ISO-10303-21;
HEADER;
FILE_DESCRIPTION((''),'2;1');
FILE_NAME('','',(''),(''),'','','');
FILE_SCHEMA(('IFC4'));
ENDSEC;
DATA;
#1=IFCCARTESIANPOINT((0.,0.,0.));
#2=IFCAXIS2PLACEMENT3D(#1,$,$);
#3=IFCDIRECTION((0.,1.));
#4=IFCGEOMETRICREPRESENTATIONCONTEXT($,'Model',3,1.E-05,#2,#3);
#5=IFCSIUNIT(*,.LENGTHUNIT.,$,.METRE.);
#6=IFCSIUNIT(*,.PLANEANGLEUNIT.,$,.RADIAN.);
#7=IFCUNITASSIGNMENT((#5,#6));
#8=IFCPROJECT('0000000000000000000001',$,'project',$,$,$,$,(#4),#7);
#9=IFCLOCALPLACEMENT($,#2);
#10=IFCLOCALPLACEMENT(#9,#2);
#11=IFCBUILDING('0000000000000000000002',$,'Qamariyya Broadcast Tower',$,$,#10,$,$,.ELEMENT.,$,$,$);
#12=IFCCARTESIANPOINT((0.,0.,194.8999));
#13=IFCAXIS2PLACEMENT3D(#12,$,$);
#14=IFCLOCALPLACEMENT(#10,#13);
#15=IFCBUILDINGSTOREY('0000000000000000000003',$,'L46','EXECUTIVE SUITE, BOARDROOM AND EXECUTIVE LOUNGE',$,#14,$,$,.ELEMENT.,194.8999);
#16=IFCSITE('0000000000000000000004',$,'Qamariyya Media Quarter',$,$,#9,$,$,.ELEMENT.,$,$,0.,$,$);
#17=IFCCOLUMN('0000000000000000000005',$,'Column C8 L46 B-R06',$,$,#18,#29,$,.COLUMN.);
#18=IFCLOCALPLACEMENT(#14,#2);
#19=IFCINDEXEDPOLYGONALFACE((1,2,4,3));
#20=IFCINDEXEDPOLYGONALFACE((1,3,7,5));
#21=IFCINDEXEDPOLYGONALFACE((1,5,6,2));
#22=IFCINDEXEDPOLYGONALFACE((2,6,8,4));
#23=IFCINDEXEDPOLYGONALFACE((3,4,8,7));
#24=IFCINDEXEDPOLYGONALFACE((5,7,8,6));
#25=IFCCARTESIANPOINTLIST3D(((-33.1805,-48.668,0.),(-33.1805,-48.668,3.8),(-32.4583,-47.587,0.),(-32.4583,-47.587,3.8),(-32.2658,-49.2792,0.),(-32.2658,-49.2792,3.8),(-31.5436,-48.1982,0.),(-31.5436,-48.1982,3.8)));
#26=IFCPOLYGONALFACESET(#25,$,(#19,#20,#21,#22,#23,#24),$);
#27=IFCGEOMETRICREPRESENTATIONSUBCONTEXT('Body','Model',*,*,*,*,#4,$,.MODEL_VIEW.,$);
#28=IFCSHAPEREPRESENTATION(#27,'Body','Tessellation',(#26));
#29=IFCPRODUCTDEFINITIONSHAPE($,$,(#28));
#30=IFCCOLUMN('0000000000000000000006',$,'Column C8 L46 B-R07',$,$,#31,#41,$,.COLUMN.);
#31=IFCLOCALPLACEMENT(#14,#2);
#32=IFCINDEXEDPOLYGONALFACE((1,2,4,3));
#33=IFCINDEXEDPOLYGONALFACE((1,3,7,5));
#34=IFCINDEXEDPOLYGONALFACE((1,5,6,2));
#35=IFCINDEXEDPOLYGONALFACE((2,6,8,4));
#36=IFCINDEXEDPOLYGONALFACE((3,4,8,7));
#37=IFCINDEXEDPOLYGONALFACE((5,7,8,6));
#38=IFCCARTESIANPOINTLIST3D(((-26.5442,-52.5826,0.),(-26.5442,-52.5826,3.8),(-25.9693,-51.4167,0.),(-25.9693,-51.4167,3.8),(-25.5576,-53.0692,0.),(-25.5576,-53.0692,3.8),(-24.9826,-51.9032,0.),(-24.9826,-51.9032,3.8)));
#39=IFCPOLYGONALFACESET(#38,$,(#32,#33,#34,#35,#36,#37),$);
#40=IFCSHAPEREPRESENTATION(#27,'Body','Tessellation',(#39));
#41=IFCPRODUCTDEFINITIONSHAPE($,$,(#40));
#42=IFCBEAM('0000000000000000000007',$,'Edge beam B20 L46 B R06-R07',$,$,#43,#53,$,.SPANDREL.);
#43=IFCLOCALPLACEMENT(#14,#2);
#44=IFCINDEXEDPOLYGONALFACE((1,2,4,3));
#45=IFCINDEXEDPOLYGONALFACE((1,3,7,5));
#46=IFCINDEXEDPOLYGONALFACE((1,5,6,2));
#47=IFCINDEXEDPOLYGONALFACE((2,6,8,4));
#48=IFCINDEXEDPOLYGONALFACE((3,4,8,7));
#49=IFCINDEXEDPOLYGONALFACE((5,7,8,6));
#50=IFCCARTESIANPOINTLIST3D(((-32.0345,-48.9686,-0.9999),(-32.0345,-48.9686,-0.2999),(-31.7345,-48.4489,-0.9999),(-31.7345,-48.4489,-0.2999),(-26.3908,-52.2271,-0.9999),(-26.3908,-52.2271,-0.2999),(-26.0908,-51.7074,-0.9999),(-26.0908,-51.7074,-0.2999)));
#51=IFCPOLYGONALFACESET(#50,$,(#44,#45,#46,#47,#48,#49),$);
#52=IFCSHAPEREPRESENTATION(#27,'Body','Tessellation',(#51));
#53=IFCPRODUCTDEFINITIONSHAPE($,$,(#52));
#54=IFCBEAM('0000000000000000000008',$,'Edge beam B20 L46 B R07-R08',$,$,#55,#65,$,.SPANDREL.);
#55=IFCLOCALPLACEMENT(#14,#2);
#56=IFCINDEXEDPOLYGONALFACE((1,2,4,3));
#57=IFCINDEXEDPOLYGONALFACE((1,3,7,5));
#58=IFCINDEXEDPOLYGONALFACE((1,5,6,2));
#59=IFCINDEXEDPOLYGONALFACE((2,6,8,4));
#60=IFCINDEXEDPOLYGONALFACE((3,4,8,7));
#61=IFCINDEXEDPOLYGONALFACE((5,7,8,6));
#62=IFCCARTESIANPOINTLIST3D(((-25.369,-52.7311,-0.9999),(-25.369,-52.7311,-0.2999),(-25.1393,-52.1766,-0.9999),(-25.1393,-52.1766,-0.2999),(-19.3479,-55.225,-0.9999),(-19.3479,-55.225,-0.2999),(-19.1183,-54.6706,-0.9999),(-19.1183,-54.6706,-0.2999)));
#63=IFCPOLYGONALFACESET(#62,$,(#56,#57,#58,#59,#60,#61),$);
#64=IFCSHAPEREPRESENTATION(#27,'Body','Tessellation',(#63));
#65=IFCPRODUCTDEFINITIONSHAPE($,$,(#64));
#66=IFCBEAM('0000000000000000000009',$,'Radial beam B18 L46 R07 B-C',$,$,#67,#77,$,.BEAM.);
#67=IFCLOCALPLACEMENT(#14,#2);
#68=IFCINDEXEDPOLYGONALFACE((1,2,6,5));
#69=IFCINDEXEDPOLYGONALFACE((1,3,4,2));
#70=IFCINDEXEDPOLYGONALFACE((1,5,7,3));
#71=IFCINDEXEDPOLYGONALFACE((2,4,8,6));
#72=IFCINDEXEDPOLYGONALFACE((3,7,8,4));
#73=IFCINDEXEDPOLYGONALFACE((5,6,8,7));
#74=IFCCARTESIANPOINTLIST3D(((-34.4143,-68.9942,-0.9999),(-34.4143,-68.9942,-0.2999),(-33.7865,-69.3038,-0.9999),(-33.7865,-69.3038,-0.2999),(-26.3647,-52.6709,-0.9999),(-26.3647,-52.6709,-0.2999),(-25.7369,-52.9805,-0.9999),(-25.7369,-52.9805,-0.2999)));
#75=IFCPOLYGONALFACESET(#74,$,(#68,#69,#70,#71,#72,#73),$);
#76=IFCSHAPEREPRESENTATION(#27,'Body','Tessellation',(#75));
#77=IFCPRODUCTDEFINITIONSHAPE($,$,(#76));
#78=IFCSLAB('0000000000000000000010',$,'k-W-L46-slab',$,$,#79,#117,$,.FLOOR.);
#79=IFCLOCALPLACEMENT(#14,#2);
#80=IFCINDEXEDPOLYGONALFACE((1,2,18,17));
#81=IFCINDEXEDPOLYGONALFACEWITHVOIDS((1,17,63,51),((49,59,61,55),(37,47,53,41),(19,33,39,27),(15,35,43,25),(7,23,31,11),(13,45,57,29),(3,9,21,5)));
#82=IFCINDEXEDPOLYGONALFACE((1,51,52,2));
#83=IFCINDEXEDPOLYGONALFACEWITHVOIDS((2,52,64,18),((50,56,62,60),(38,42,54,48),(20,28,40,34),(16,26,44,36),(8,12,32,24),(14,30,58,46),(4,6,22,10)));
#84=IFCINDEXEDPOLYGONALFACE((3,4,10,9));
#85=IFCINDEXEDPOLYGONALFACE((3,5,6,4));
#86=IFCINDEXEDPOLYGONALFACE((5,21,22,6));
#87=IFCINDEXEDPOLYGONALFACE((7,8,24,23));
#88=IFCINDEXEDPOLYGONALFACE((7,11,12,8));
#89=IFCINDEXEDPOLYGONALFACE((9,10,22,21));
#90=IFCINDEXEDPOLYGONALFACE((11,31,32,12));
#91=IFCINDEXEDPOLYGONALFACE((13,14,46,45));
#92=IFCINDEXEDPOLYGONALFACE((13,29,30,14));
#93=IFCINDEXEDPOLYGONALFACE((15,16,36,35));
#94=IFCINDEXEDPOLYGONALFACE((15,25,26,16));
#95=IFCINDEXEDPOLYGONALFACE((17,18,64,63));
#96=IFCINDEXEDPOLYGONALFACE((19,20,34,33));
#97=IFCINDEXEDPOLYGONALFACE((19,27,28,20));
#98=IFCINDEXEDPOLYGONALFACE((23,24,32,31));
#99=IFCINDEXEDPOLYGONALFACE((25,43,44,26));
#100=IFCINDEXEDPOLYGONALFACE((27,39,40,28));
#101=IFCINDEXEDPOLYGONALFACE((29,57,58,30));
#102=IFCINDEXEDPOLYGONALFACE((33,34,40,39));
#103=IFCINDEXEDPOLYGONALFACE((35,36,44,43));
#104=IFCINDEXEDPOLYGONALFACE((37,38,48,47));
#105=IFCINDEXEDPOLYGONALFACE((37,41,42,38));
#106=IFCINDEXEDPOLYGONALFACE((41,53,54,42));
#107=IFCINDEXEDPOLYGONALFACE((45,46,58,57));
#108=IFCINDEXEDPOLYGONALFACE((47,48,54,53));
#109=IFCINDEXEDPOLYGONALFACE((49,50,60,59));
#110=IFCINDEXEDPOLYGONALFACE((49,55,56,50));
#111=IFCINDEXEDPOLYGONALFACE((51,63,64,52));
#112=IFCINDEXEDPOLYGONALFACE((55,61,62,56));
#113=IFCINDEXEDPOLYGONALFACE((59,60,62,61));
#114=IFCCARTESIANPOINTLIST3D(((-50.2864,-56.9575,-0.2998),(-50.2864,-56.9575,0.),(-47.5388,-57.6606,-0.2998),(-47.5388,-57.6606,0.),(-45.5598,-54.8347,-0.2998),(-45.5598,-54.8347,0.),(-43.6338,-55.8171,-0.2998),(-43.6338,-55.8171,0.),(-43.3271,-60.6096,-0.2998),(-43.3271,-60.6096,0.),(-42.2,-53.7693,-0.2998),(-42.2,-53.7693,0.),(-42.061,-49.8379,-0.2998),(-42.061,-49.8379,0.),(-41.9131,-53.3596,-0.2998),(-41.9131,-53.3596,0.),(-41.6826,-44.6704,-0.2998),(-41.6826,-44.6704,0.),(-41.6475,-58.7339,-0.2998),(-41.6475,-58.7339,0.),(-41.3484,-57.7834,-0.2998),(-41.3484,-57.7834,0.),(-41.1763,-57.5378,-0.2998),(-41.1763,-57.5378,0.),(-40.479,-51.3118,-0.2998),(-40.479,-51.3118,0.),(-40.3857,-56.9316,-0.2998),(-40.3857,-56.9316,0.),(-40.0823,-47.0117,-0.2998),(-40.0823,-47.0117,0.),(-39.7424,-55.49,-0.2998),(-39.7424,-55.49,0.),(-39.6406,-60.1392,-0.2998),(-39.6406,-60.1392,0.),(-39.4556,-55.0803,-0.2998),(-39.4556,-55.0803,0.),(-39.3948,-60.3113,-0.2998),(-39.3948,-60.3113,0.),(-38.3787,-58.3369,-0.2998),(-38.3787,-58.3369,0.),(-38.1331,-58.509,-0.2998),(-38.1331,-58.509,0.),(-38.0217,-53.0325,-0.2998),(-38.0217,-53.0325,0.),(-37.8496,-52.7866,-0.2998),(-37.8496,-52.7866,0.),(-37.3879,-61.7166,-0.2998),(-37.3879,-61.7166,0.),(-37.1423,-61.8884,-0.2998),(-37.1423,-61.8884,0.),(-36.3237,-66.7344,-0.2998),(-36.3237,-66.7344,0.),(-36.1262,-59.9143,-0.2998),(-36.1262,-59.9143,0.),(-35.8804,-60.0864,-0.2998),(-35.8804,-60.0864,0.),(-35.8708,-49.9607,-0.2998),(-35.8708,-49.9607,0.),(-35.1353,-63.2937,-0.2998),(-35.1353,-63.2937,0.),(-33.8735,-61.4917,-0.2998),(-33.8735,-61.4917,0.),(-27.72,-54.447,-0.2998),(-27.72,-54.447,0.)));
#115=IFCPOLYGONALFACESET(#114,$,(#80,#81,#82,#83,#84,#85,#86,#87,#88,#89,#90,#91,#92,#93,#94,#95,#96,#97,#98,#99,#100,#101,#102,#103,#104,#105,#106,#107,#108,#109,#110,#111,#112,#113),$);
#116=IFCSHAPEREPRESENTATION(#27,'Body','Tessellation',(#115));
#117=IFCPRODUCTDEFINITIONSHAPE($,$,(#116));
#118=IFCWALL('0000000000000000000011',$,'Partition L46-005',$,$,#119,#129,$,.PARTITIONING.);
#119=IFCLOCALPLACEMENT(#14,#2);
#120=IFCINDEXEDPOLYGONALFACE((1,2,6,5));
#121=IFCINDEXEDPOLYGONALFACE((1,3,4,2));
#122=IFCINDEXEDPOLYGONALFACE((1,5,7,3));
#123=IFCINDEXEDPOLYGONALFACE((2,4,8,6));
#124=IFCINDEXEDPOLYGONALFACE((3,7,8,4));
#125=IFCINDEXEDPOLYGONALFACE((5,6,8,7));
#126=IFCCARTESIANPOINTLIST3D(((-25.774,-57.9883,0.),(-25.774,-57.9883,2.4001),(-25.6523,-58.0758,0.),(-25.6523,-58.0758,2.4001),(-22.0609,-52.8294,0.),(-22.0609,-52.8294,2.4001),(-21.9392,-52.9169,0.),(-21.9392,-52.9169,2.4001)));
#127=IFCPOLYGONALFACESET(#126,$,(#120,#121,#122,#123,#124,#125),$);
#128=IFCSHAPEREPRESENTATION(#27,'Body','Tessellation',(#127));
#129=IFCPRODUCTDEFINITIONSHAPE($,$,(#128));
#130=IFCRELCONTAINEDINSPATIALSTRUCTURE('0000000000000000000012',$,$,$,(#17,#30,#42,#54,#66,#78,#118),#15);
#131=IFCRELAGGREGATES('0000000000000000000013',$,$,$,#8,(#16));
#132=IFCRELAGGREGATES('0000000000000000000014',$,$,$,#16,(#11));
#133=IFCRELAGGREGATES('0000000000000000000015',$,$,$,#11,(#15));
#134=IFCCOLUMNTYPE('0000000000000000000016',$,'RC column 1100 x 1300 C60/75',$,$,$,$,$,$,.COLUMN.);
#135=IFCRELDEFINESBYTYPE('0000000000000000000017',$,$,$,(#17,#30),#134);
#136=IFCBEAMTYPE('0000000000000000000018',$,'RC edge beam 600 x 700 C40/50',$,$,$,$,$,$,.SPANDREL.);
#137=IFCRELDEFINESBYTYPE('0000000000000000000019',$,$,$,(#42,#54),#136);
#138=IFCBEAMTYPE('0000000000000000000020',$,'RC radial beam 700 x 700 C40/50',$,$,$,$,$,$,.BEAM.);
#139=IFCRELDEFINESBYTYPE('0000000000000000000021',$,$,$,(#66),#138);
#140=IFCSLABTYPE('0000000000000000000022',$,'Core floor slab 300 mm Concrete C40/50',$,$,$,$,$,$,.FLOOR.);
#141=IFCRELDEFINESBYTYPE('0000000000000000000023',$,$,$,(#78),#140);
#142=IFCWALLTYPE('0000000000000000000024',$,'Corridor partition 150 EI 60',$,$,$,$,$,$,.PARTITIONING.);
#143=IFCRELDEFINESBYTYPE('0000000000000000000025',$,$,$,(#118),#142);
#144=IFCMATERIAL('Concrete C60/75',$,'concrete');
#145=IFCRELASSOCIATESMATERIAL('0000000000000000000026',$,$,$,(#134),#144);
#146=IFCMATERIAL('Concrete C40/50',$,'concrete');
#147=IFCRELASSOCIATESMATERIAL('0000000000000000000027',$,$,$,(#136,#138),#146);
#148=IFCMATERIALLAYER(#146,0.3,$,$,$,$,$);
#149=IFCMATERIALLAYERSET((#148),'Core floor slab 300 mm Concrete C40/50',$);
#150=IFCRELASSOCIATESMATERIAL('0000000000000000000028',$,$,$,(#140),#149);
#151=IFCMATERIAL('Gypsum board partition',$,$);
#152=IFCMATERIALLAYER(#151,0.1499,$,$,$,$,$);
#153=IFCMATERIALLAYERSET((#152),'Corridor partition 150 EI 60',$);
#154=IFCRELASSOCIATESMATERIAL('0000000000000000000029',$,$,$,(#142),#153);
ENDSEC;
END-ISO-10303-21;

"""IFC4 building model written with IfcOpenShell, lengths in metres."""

from ifc_helpers import new_model, si_unit, direction, frame, frame_2d, origin, origin_2d, place, context, subcontext, project, spatial, polyline, rectangle, outline, extrude, material, layer, layer_set, material_profile, profile_set, type_object, element, save


model = new_model("IFC4")

# Units and contexts
model_context = context("Model", 3, precision=1e-05, world=origin(), true_north=direction((0.0, 1.0)))
body_context = subcontext(model_context, "Body", "Model", "MODEL_VIEW")
ifc_project = project(units=[si_unit("LENGTHUNIT", "METRE"), si_unit("PLANEANGLEUNIT", "RADIAN")], contexts=[model_context])

# Site, building, storey
site_placement = place(None, origin())
site = spatial("IfcSite", under=ifc_project, at=site_placement, Name="Qamariyya Media Quarter", CompositionType="ELEMENT", RefElevation=0.0)
building_placement = place(site_placement, origin())
building = spatial("IfcBuilding", under=site, at=building_placement, Name="Qamariyya Broadcast Tower", CompositionType="ELEMENT")
storey_placement = place(building_placement, frame((0.0, 0.0, 194.8999)))
storey = spatial("IfcBuildingStorey", under=building, at=storey_placement, Name="L46", Description="EXECUTIVE SUITE, BOARDROOM AND EXECUTIVE LOUNGE", CompositionType="ELEMENT", Elevation=194.8999)

# Columns
ifc_material_1 = material(Name="Concrete C60/75", Category="concrete")
ifc_material_profile_1 = material_profile(ifc_material_1, rectangle(XDim=1.1001, YDim=1.3, at=origin_2d()))
ifc_profile_set_1 = profile_set([ifc_material_profile_1], Name="Concrete C60/75")
column_type = type_object("IfcColumnType", Name="RC column 1100 x 1300 C60/75", PredefinedType="COLUMN", material=ifc_profile_set_1)
for number, where, z_axis, x_axis, name in (
    (1, (-32.3621, -48.4331, 0.0), (0.0, 0.0, 1.0), (0.83147, -0.55557, 0.0), "Column C8 L46 B-R06"),
    (2, (-25.7634, -52.2429, 0.0), (0.0, 0.0, 1.0), (0.896873, -0.442289, 0.0), "Column C8 L46 B-R07"),
):
    element("IfcColumn", number, at=place(storey_placement, frame(where, z_axis=z_axis, x_axis=x_axis)), inside=storey, type_object=column_type, Name=name, PredefinedType="COLUMN", context=body_context, shape_type="SweptSolid", body=[
        extrude(rectangle(XDim=1.1001, YDim=1.3, at=origin_2d()), origin(), (0.0, 0.0, 1.0), 3.8),
    ])

# Beams
ifc_material_2 = material(Name="Concrete C40/50", Category="concrete")
ifc_material_profile_2 = material_profile(ifc_material_2, rectangle(XDim=0.6001, YDim=0.7, at=origin_2d()))
ifc_profile_set_2 = profile_set([ifc_material_profile_2], Name="Concrete C40/50")
beam_type_1 = type_object("IfcBeamType", Name="RC edge beam 600 x 700 C40/50", PredefinedType="SPANDREL", material=ifc_profile_set_2)
beam_1_placement = place(storey_placement, frame((-31.8845, -48.7087, -0.6499), z_axis=(0.866019, -0.500011, 0.0), x_axis=(0.500011, 0.866019, 0.0)))
element("IfcBeam", 3, at=beam_1_placement, inside=storey, type_object=beam_type_1, Name="Edge beam B20 L46 B R06-R07", PredefinedType="SPANDREL", context=body_context, shape_type="SweptSolid", body=[
    extrude(rectangle(XDim=0.6001, YDim=0.7, at=origin_2d()), origin(), (0.0, 0.0, 1.0), 6.5168),
])
beam_2_placement = place(storey_placement, frame((-25.2542, -52.4539, -0.6499), z_axis=(0.923884, -0.382673, 0.0), x_axis=(0.382673, 0.923884, 0.0)))
element("IfcBeam", 4, at=beam_2_placement, inside=storey, type_object=beam_type_1, Name="Edge beam B20 L46 B R07-R08", PredefinedType="SPANDREL", context=body_context, shape_type="SweptSolid", body=[
    extrude(rectangle(XDim=0.6001, YDim=0.7, at=origin_2d()), origin(), (0.0, 0.0, 1.0), 6.5171),
])
ifc_material_profile_3 = material_profile(ifc_material_2, rectangle(XDim=0.7, YDim=0.7, at=origin_2d()))
ifc_profile_set_3 = profile_set([ifc_material_profile_3], Name="Concrete C40/50")
beam_type_2 = type_object("IfcBeamType", Name="RC radial beam 700 x 700 C40/50", PredefinedType="BEAM", material=ifc_profile_set_3)
beam_3_placement = place(storey_placement, frame((-26.0508, -52.8257, -0.6499), z_axis=(-0.442281, -0.896876, 0.0), x_axis=(0.896876, -0.442281, 0.0)))
element("IfcBeam", 5, at=beam_3_placement, inside=storey, type_object=beam_type_2, Name="Radial beam B18 L46 R07 B-C", PredefinedType="BEAM", context=body_context, shape_type="SweptSolid", body=[
    extrude(rectangle(XDim=0.7, YDim=0.7, at=origin_2d()), origin(), (0.0, 0.0, 1.0), 18.2002),
])

# Slab
ifc_layer_1 = layer(ifc_material_2, 0.3)
ifc_layer_set_1 = layer_set([ifc_layer_1], Name="Core floor slab 300 mm Concrete C40/50")
slab_type_1 = type_object("IfcSlabType", Name="Core floor slab 300 mm Concrete C40/50", PredefinedType="FLOOR", material=ifc_layer_set_1)
slab_1_placement = place(storey_placement, frame((0.0, 0.0, -0.2998)))
element("IfcSlab", 6, at=slab_1_placement, inside=storey, type_object=slab_type_1, Name="k-W-L46-slab", PredefinedType="FLOOR", context=body_context, shape_type="SweptSolid", body=[
    extrude(outline(polyline([(-50.2864, -56.9575), (-36.3237, -66.7344), (-27.72, -54.447), (-41.6826, -44.6704), (-50.2864, -56.9575)]), holes=[polyline([(-33.8735, -61.4917), (-35.8804, -60.0864), (-37.1423, -61.8884), (-35.1353, -63.2937), (-33.8735, -61.4917)]), polyline([(-36.1262, -59.9143), (-38.1331, -58.509), (-39.3948, -60.3113), (-37.3879, -61.7166), (-36.1262, -59.9143)]), polyline([(-38.3787, -58.3369), (-40.3857, -56.9316), (-41.6475, -58.7339), (-39.6406, -60.1392), (-38.3787, -58.3369)]), polyline([(-39.7424, -55.49), (-42.2, -53.7693), (-43.6338, -55.8171), (-41.1763, -57.5378), (-39.7424, -55.49)]), polyline([(-39.4556, -55.0803), (-41.9131, -53.3596), (-40.479, -51.3118), (-38.0217, -53.0325), (-39.4556, -55.0803)]), polyline([(-42.061, -49.8379), (-37.8496, -52.7866), (-35.8708, -49.9607), (-40.0823, -47.0117), (-42.061, -49.8379)]), polyline([(-47.5388, -57.6606), (-43.3271, -60.6096), (-41.3484, -57.7834), (-45.5598, -54.8347), (-47.5388, -57.6606)])]), origin(), (0.0, 0.0, 1.0), 0.2998),
])

# Wall
ifc_material_3 = material(Name="Gypsum board partition")
ifc_layer_2 = layer(ifc_material_3, 0.1499)
ifc_layer_set_2 = layer_set([ifc_layer_2], Name="Corridor partition 150 EI 60")
wall_type_1 = type_object("IfcWallType", Name="Corridor partition 150 EI 60", PredefinedType="PARTITIONING", material=ifc_layer_set_2)
wall_1_placement = place(storey_placement, frame((-22.0, -52.873, 0.0), z_axis=(0.0, 0.0, 1.0), x_axis=(-0.58417, -0.811631, 0.0)))
element("IfcWall", 7, at=wall_1_placement, inside=storey, type_object=wall_type_1, Name="Partition L46-005", PredefinedType="PARTITIONING", context=body_context, shape_type="SweptSolid", body=[
    extrude(rectangle(XDim=6.3562, YDim=0.1499, at=frame_2d((3.1782, 0.0))), origin(), (0.0, 0.0, 1.0), 2.4001),
])

save(model, "model.ifc")
